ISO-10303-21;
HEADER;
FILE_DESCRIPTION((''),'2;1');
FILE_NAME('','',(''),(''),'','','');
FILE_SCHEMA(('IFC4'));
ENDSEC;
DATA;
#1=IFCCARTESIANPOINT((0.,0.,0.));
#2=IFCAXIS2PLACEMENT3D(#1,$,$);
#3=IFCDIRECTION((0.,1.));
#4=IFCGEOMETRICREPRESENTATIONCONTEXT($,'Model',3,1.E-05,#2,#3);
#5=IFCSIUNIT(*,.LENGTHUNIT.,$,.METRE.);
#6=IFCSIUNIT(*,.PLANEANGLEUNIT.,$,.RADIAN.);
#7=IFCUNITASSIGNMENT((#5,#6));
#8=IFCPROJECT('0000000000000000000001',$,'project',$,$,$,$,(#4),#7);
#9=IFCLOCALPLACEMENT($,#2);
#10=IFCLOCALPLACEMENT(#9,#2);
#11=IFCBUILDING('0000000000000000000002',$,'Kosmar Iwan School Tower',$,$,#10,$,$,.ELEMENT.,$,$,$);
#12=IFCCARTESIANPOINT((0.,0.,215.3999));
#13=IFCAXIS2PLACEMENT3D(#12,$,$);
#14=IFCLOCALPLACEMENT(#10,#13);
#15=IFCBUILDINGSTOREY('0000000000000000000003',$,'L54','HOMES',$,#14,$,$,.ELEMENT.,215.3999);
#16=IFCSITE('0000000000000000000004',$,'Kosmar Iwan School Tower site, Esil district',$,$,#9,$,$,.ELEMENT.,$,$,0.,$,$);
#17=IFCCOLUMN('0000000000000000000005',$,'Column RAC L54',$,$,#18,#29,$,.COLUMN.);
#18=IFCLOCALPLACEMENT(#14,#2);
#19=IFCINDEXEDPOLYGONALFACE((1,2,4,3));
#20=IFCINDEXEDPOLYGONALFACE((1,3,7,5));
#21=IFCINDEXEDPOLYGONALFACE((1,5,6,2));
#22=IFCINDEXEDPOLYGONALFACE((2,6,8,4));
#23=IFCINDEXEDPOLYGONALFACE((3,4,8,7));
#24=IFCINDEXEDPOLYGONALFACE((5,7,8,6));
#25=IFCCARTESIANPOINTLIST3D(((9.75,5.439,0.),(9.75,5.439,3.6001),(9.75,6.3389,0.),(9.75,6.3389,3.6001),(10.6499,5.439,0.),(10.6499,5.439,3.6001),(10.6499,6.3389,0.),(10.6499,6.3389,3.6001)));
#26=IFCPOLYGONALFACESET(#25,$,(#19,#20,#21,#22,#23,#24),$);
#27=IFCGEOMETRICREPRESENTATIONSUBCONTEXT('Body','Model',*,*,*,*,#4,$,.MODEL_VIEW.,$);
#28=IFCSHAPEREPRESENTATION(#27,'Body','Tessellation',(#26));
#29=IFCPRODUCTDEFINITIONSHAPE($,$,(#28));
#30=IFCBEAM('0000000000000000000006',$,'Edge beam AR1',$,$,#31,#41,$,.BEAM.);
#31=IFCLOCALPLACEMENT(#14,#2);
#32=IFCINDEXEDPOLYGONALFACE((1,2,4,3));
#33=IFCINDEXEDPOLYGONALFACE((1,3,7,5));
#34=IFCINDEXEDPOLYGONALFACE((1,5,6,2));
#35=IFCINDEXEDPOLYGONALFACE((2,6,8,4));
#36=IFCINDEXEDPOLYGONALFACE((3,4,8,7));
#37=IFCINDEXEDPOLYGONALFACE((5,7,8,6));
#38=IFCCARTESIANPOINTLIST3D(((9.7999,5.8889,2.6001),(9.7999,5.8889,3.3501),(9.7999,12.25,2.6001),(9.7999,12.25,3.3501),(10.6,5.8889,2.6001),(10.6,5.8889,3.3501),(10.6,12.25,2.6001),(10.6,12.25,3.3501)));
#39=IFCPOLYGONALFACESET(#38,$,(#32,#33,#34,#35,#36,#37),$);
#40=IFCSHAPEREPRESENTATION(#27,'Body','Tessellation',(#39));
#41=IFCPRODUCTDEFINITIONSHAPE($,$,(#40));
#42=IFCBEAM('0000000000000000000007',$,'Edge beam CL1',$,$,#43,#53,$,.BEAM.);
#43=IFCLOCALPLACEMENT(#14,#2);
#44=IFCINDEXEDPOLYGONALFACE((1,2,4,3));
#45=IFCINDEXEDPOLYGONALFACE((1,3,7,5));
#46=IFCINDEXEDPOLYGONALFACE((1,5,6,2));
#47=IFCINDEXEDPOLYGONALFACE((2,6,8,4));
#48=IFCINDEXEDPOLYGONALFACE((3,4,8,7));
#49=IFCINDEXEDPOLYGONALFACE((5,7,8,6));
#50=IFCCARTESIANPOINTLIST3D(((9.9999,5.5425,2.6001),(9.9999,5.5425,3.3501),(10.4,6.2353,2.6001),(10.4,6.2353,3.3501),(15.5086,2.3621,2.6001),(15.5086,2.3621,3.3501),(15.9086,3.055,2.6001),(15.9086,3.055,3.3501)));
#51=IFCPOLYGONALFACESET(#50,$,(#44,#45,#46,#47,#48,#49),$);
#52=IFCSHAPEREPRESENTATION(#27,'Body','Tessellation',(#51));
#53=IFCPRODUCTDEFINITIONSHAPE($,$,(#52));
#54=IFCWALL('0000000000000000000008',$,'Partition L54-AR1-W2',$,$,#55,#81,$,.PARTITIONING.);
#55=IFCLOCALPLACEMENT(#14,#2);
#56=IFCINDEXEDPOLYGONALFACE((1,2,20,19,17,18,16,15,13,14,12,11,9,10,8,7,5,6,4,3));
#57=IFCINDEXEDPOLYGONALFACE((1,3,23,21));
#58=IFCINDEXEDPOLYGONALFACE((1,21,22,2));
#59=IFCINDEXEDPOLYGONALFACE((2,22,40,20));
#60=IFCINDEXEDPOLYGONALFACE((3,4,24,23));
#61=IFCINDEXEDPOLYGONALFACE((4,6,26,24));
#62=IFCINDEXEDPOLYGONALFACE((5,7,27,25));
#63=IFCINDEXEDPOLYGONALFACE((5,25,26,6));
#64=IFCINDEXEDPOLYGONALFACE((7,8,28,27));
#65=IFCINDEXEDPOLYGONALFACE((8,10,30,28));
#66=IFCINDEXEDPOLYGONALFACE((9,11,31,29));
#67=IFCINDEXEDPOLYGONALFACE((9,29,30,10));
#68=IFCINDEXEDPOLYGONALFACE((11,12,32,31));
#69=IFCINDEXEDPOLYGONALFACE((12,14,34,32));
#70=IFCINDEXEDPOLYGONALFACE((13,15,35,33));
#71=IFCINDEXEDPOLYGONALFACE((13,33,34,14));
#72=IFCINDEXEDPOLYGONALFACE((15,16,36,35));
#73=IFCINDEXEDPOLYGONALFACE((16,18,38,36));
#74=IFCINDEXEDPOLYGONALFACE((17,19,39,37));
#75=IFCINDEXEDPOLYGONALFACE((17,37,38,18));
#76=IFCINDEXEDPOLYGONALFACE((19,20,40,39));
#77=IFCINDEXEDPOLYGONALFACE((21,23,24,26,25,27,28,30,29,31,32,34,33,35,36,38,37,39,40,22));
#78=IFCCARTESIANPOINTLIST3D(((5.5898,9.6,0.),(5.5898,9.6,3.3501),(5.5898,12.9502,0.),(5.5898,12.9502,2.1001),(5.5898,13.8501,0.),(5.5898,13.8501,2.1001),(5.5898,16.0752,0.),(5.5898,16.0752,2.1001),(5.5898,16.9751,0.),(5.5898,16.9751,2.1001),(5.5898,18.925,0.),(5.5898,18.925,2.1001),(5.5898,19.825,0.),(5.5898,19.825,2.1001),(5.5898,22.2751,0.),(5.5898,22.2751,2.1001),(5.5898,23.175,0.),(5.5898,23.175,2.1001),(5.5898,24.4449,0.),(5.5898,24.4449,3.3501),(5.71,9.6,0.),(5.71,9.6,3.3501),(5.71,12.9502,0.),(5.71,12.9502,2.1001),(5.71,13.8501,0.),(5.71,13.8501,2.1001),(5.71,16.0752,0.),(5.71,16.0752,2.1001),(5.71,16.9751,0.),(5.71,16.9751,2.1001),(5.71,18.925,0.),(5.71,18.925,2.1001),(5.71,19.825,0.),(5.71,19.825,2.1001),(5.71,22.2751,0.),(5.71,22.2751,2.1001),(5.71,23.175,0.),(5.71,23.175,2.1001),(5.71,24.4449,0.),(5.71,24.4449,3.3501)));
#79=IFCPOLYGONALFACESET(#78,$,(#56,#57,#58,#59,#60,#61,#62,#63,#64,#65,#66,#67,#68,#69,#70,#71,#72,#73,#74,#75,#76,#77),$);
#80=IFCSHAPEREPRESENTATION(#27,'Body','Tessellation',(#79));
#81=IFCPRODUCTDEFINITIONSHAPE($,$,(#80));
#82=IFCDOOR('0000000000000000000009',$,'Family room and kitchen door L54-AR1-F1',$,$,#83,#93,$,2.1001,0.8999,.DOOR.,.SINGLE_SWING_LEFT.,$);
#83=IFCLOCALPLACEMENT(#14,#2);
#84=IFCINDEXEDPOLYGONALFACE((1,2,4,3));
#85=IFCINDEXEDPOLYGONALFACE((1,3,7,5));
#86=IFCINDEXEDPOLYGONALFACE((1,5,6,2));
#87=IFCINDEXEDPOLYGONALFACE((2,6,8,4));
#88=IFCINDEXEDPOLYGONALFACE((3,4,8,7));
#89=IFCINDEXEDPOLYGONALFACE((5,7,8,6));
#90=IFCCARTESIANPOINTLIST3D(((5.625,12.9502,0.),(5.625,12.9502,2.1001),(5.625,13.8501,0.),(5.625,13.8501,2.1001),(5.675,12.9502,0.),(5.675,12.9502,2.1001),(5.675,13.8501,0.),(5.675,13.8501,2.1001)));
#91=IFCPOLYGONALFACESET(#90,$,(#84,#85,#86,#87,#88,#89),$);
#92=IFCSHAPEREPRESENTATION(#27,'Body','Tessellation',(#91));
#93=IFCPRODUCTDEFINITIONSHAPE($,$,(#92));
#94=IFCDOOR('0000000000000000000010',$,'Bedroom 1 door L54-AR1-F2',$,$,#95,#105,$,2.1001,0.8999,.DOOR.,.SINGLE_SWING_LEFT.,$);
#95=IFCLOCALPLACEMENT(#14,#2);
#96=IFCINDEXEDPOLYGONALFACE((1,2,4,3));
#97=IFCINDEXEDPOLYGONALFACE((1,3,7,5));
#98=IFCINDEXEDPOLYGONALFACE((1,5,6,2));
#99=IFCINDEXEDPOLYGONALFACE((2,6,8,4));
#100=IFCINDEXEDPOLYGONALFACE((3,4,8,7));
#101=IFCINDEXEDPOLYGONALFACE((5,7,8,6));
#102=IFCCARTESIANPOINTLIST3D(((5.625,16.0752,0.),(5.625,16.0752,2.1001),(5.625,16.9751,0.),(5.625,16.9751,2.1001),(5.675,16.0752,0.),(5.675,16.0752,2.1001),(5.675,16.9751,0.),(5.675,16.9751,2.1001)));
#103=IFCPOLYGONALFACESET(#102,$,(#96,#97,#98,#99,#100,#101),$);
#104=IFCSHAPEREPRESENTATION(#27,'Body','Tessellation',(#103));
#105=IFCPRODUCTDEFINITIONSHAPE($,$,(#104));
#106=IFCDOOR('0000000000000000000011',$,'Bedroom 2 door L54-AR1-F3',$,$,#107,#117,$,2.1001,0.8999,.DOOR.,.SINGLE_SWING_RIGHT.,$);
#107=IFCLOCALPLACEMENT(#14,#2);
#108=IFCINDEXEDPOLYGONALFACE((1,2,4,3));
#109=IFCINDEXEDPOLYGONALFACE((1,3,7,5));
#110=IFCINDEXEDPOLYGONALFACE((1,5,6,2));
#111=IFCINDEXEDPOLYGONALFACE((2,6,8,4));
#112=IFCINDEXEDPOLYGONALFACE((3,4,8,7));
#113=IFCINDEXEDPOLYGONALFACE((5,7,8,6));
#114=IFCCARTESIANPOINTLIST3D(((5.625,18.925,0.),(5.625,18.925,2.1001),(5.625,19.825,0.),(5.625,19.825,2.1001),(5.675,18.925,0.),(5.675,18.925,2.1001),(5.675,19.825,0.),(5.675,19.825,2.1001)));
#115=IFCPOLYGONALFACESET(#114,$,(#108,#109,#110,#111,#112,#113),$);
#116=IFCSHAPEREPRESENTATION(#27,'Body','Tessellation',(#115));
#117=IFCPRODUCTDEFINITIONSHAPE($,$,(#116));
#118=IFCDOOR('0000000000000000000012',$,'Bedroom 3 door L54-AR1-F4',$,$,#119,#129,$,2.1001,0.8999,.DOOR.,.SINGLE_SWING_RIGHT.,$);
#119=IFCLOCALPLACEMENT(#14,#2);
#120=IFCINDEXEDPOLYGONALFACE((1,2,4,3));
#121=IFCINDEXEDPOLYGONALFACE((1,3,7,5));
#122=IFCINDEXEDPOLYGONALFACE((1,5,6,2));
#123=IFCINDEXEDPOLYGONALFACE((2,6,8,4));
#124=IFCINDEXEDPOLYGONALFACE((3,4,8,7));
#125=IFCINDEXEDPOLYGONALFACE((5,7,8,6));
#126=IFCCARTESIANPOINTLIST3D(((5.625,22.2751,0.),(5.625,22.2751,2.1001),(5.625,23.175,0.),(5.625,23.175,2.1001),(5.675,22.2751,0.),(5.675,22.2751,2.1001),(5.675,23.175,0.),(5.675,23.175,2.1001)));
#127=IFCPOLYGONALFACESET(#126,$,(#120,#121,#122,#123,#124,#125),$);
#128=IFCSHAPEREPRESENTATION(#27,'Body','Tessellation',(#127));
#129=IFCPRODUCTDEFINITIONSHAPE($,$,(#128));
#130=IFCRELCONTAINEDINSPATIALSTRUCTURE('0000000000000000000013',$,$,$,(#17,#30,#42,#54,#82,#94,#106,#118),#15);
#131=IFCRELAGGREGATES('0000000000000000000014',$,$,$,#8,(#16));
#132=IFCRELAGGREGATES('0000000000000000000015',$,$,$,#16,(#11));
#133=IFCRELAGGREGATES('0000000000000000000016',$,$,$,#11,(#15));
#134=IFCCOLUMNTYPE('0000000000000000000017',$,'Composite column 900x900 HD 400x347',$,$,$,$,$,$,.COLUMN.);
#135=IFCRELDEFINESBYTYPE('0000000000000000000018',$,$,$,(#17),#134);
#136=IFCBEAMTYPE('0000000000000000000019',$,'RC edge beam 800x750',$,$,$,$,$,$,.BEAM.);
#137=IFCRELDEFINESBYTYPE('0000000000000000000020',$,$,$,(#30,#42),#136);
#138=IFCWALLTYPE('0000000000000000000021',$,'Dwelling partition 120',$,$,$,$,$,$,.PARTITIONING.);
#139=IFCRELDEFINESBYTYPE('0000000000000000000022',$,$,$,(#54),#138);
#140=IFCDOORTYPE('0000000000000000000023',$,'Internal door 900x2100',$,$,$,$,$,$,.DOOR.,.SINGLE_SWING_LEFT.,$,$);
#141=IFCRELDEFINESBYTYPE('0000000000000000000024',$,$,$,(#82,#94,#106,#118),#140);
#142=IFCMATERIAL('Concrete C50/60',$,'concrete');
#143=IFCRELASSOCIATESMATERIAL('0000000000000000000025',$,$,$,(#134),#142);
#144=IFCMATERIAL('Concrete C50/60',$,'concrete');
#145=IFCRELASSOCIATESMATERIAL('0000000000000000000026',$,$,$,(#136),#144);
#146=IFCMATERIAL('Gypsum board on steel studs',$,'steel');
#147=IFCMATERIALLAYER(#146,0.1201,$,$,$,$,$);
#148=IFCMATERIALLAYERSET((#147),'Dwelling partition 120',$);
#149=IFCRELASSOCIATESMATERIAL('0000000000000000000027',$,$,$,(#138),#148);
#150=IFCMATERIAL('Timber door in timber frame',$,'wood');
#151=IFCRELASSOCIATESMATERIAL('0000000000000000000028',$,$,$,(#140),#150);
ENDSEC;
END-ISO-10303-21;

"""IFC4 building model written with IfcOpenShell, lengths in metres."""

from ifc_helpers import new_model, si_unit, direction, frame, frame_2d, origin, origin_2d, place, context, subcontext, project, spatial, rectangle, extrude, material, layer, layer_set, material_profile, profile_set, type_object, element, fill, save


model = new_model("IFC4")

# Units and contexts
model_context = context("Model", 3, precision=1e-05, world=origin(), true_north=direction((0.0, 1.0)))
body_context = subcontext(model_context, "Body", "Model", "MODEL_VIEW")
ifc_project = project(units=[si_unit("LENGTHUNIT", "METRE"), si_unit("PLANEANGLEUNIT", "RADIAN")], contexts=[model_context])

# Site, building, storey
site_placement = place(None, origin())
site = spatial("IfcSite", under=ifc_project, at=site_placement, Name="Kosmar Iwan School Tower site, Esil district", CompositionType="ELEMENT", RefElevation=0.0)
building_placement = place(site_placement, origin())
building = spatial("IfcBuilding", under=site, at=building_placement, Name="Kosmar Iwan School Tower", CompositionType="ELEMENT")
storey_placement = place(building_placement, frame((0.0, 0.0, 215.3999)))
storey = spatial("IfcBuildingStorey", under=building, at=storey_placement, Name="L54", Description="HOMES", CompositionType="ELEMENT", Elevation=215.3999)

# Column
ifc_material_1 = material(Name="Concrete C50/60", Category="concrete")
ifc_material_profile_1 = material_profile(ifc_material_1, rectangle(XDim=0.8999, YDim=0.8999, at=origin_2d()), Name="RC 900x900 + HD 400x347")
ifc_profile_set_1 = profile_set([ifc_material_profile_1], Name="Concrete C50/60")
column_type = type_object("IfcColumnType", Name="Composite column 900x900 HD 400x347", PredefinedType="COLUMN", material=ifc_profile_set_1)
column_placement = place(storey_placement, frame((10.2, 5.8889, 0.0), z_axis=(0.0, 0.0, 1.0), x_axis=(1.0, 0.0, 0.0)))
element("IfcColumn", 1, at=column_placement, inside=storey, type_object=column_type, Name="Column RAC L54", PredefinedType="COLUMN", context=body_context, shape_type="SweptSolid", body=[
    extrude(rectangle(XDim=0.8999, YDim=0.8999, at=origin_2d()), origin(), (0.0, 0.0, 1.0), 3.6001),
])

# Beams
ifc_material_2 = material(Name="Concrete C50/60", Category="concrete")
ifc_material_profile_2 = material_profile(ifc_material_2, rectangle(XDim=0.8, YDim=0.75, at=origin_2d()), Name="RC 800x750")
ifc_profile_set_2 = profile_set([ifc_material_profile_2], Name="Concrete C50/60")
beam_type = type_object("IfcBeamType", Name="RC edge beam 800x750", PredefinedType="BEAM", material=ifc_profile_set_2)
beam_1_placement = place(storey_placement, frame((10.2, 5.8889, 2.9751), z_axis=(0.0, 1.0, 0.0), x_axis=(-1.0, 0.0, 0.0)))
element("IfcBeam", 2, at=beam_1_placement, inside=storey, type_object=beam_type, Name="Edge beam AR1", PredefinedType="BEAM", context=body_context, shape_type="SweptSolid", body=[
    extrude(rectangle(XDim=0.8, YDim=0.75, at=origin_2d()), origin(), (0.0, 0.0, 1.0), 6.3611),
])
beam_2_placement = place(storey_placement, frame((10.2, 5.8889, 2.9751), z_axis=(0.866031, -0.49999, 0.0), x_axis=(0.49999, 0.866031, 0.0)))
element("IfcBeam", 3, at=beam_2_placement, inside=storey, type_object=beam_type, Name="Edge beam CL1", PredefinedType="BEAM", context=body_context, shape_type="SweptSolid", body=[
    extrude(rectangle(XDim=0.8, YDim=0.75, at=origin_2d()), origin(), (0.0, 0.0, 1.0), 6.3608),
])

# Wall, openings, doors
ifc_material_3 = material(Name="Gypsum board on steel studs", Category="steel")
ifc_layer_1 = layer(ifc_material_3, 0.1201)
ifc_layer_set_1 = layer_set([ifc_layer_1], Name="Dwelling partition 120")
wall_type_1 = type_object("IfcWallType", Name="Dwelling partition 120", PredefinedType="PARTITIONING", material=ifc_layer_set_1)
wall_1_placement = place(storey_placement, frame((5.6499, 9.6001, 0.0), z_axis=(0.0, 0.0, 1.0), x_axis=(0.0, 1.0, 0.0)))
wall_1 = element("IfcWall", 4, at=wall_1_placement, inside=storey, type_object=wall_type_1, Name="Partition L54-AR1-W2", PredefinedType="PARTITIONING", context=body_context, shape_type="SweptSolid", body=[
    extrude(rectangle(XDim=14.845, YDim=0.1201, at=frame_2d((7.4224, 0.0))), origin(), (0.0, 0.0, 1.0), 3.3501),
])
opening_1_placement = place(wall_1_placement, frame((3.3501, 0.0, 0.0)))
opening_1 = element("IfcOpeningElement", 5, at=opening_1_placement, cuts=wall_1, PredefinedType="OPENING", context=body_context, shape_type="SweptSolid", body=[
    extrude(rectangle(XDim=0.8999, YDim=2.1001, at=frame_2d((0.45, 1.05))), frame((0.0, 0.072, 0.0), z_axis=(0.0, -1.0, 0.0), x_axis=(1.0, 0.0, 0.0)), (0.0, 0.0, 1.0), 0.144),
])
opening_2_placement = place(wall_1_placement, frame((6.4751, 0.0, 0.0)))
opening_2 = element("IfcOpeningElement", 6, at=opening_2_placement, cuts=wall_1, PredefinedType="OPENING", context=body_context, shape_type="SweptSolid", body=[
    extrude(rectangle(XDim=0.8999, YDim=2.1001, at=frame_2d((0.45, 1.05))), frame((0.0, 0.072, 0.0), z_axis=(0.0, -1.0, 0.0), x_axis=(1.0, 0.0, 0.0)), (0.0, 0.0, 1.0), 0.144),
])
opening_3_placement = place(wall_1_placement, frame((9.325, 0.0, 0.0)))
opening_3 = element("IfcOpeningElement", 7, at=opening_3_placement, cuts=wall_1, PredefinedType="OPENING", context=body_context, shape_type="SweptSolid", body=[
    extrude(rectangle(XDim=0.8999, YDim=2.1001, at=frame_2d((0.45, 1.05))), frame((0.0, 0.072, 0.0), z_axis=(0.0, -1.0, 0.0), x_axis=(1.0, 0.0, 0.0)), (0.0, 0.0, 1.0), 0.144),
])
opening_4_placement = place(wall_1_placement, frame((12.675, 0.0, 0.0)))
opening_4 = element("IfcOpeningElement", 8, at=opening_4_placement, cuts=wall_1, PredefinedType="OPENING", context=body_context, shape_type="SweptSolid", body=[
    extrude(rectangle(XDim=0.8999, YDim=2.1001, at=frame_2d((0.45, 1.05))), frame((0.0, 0.072, 0.0), z_axis=(0.0, -1.0, 0.0), x_axis=(1.0, 0.0, 0.0)), (0.0, 0.0, 1.0), 0.144),
])
ifc_material_4 = material(Name="Timber door in timber frame", Category="wood")
door_type = type_object("IfcDoorType", Name="Internal door 900x2100", OperationType="SINGLE_SWING_LEFT", PredefinedType="DOOR", material=ifc_material_4)
door_1_placement = place(opening_1_placement, origin())
door_1 = element("IfcDoor", 9, at=door_1_placement, inside=storey, type_object=door_type, Name="Family room and kitchen door L54-AR1-F1", OperationType="SINGLE_SWING_LEFT", OverallHeight=2.1001, OverallWidth=0.8999, PredefinedType="DOOR", context=body_context, shape_type="SweptSolid", body=[
    extrude(rectangle(XDim=0.8999, YDim=2.1001, at=frame_2d((0.45, 1.05))), frame((0.0, 0.0249, 0.0), z_axis=(0.0, -1.0, 0.0), x_axis=(1.0, 0.0, 0.0)), (0.0, 0.0, 1.0), 0.05),
])
fill(opening_1, door_1)
door_2_placement = place(opening_2_placement, origin())
door_2 = element("IfcDoor", 10, at=door_2_placement, inside=storey, type_object=door_type, Name="Bedroom 1 door L54-AR1-F2", OperationType="SINGLE_SWING_LEFT", OverallHeight=2.1001, OverallWidth=0.8999, PredefinedType="DOOR", context=body_context, shape_type="SweptSolid", body=[
    extrude(rectangle(XDim=0.8999, YDim=2.1001, at=frame_2d((0.45, 1.05))), frame((0.0, 0.0249, 0.0), z_axis=(0.0, -1.0, 0.0), x_axis=(1.0, 0.0, 0.0)), (0.0, 0.0, 1.0), 0.05),
])
fill(opening_2, door_2)
door_3_placement = place(opening_3_placement, origin())
door_3 = element("IfcDoor", 11, at=door_3_placement, inside=storey, type_object=door_type, Name="Bedroom 2 door L54-AR1-F3", OperationType="SINGLE_SWING_RIGHT", OverallHeight=2.1001, OverallWidth=0.8999, PredefinedType="DOOR", context=body_context, shape_type="SweptSolid", body=[
    extrude(rectangle(XDim=0.8999, YDim=2.1001, at=frame_2d((0.45, 1.05))), frame((0.0, 0.0249, 0.0), z_axis=(0.0, -1.0, 0.0), x_axis=(1.0, 0.0, 0.0)), (0.0, 0.0, 1.0), 0.05),
])
fill(opening_3, door_3)
door_4_placement = place(opening_4_placement, origin())
door_4 = element("IfcDoor", 12, at=door_4_placement, inside=storey, type_object=door_type, Name="Bedroom 3 door L54-AR1-F4", OperationType="SINGLE_SWING_RIGHT", OverallHeight=2.1001, OverallWidth=0.8999, PredefinedType="DOOR", context=body_context, shape_type="SweptSolid", body=[
    extrude(rectangle(XDim=0.8999, YDim=2.1001, at=frame_2d((0.45, 1.05))), frame((0.0, 0.0249, 0.0), z_axis=(0.0, -1.0, 0.0), x_axis=(1.0, 0.0, 0.0)), (0.0, 0.0, 1.0), 0.05),
])
fill(opening_4, door_4)

save(model, "model.ifc")
